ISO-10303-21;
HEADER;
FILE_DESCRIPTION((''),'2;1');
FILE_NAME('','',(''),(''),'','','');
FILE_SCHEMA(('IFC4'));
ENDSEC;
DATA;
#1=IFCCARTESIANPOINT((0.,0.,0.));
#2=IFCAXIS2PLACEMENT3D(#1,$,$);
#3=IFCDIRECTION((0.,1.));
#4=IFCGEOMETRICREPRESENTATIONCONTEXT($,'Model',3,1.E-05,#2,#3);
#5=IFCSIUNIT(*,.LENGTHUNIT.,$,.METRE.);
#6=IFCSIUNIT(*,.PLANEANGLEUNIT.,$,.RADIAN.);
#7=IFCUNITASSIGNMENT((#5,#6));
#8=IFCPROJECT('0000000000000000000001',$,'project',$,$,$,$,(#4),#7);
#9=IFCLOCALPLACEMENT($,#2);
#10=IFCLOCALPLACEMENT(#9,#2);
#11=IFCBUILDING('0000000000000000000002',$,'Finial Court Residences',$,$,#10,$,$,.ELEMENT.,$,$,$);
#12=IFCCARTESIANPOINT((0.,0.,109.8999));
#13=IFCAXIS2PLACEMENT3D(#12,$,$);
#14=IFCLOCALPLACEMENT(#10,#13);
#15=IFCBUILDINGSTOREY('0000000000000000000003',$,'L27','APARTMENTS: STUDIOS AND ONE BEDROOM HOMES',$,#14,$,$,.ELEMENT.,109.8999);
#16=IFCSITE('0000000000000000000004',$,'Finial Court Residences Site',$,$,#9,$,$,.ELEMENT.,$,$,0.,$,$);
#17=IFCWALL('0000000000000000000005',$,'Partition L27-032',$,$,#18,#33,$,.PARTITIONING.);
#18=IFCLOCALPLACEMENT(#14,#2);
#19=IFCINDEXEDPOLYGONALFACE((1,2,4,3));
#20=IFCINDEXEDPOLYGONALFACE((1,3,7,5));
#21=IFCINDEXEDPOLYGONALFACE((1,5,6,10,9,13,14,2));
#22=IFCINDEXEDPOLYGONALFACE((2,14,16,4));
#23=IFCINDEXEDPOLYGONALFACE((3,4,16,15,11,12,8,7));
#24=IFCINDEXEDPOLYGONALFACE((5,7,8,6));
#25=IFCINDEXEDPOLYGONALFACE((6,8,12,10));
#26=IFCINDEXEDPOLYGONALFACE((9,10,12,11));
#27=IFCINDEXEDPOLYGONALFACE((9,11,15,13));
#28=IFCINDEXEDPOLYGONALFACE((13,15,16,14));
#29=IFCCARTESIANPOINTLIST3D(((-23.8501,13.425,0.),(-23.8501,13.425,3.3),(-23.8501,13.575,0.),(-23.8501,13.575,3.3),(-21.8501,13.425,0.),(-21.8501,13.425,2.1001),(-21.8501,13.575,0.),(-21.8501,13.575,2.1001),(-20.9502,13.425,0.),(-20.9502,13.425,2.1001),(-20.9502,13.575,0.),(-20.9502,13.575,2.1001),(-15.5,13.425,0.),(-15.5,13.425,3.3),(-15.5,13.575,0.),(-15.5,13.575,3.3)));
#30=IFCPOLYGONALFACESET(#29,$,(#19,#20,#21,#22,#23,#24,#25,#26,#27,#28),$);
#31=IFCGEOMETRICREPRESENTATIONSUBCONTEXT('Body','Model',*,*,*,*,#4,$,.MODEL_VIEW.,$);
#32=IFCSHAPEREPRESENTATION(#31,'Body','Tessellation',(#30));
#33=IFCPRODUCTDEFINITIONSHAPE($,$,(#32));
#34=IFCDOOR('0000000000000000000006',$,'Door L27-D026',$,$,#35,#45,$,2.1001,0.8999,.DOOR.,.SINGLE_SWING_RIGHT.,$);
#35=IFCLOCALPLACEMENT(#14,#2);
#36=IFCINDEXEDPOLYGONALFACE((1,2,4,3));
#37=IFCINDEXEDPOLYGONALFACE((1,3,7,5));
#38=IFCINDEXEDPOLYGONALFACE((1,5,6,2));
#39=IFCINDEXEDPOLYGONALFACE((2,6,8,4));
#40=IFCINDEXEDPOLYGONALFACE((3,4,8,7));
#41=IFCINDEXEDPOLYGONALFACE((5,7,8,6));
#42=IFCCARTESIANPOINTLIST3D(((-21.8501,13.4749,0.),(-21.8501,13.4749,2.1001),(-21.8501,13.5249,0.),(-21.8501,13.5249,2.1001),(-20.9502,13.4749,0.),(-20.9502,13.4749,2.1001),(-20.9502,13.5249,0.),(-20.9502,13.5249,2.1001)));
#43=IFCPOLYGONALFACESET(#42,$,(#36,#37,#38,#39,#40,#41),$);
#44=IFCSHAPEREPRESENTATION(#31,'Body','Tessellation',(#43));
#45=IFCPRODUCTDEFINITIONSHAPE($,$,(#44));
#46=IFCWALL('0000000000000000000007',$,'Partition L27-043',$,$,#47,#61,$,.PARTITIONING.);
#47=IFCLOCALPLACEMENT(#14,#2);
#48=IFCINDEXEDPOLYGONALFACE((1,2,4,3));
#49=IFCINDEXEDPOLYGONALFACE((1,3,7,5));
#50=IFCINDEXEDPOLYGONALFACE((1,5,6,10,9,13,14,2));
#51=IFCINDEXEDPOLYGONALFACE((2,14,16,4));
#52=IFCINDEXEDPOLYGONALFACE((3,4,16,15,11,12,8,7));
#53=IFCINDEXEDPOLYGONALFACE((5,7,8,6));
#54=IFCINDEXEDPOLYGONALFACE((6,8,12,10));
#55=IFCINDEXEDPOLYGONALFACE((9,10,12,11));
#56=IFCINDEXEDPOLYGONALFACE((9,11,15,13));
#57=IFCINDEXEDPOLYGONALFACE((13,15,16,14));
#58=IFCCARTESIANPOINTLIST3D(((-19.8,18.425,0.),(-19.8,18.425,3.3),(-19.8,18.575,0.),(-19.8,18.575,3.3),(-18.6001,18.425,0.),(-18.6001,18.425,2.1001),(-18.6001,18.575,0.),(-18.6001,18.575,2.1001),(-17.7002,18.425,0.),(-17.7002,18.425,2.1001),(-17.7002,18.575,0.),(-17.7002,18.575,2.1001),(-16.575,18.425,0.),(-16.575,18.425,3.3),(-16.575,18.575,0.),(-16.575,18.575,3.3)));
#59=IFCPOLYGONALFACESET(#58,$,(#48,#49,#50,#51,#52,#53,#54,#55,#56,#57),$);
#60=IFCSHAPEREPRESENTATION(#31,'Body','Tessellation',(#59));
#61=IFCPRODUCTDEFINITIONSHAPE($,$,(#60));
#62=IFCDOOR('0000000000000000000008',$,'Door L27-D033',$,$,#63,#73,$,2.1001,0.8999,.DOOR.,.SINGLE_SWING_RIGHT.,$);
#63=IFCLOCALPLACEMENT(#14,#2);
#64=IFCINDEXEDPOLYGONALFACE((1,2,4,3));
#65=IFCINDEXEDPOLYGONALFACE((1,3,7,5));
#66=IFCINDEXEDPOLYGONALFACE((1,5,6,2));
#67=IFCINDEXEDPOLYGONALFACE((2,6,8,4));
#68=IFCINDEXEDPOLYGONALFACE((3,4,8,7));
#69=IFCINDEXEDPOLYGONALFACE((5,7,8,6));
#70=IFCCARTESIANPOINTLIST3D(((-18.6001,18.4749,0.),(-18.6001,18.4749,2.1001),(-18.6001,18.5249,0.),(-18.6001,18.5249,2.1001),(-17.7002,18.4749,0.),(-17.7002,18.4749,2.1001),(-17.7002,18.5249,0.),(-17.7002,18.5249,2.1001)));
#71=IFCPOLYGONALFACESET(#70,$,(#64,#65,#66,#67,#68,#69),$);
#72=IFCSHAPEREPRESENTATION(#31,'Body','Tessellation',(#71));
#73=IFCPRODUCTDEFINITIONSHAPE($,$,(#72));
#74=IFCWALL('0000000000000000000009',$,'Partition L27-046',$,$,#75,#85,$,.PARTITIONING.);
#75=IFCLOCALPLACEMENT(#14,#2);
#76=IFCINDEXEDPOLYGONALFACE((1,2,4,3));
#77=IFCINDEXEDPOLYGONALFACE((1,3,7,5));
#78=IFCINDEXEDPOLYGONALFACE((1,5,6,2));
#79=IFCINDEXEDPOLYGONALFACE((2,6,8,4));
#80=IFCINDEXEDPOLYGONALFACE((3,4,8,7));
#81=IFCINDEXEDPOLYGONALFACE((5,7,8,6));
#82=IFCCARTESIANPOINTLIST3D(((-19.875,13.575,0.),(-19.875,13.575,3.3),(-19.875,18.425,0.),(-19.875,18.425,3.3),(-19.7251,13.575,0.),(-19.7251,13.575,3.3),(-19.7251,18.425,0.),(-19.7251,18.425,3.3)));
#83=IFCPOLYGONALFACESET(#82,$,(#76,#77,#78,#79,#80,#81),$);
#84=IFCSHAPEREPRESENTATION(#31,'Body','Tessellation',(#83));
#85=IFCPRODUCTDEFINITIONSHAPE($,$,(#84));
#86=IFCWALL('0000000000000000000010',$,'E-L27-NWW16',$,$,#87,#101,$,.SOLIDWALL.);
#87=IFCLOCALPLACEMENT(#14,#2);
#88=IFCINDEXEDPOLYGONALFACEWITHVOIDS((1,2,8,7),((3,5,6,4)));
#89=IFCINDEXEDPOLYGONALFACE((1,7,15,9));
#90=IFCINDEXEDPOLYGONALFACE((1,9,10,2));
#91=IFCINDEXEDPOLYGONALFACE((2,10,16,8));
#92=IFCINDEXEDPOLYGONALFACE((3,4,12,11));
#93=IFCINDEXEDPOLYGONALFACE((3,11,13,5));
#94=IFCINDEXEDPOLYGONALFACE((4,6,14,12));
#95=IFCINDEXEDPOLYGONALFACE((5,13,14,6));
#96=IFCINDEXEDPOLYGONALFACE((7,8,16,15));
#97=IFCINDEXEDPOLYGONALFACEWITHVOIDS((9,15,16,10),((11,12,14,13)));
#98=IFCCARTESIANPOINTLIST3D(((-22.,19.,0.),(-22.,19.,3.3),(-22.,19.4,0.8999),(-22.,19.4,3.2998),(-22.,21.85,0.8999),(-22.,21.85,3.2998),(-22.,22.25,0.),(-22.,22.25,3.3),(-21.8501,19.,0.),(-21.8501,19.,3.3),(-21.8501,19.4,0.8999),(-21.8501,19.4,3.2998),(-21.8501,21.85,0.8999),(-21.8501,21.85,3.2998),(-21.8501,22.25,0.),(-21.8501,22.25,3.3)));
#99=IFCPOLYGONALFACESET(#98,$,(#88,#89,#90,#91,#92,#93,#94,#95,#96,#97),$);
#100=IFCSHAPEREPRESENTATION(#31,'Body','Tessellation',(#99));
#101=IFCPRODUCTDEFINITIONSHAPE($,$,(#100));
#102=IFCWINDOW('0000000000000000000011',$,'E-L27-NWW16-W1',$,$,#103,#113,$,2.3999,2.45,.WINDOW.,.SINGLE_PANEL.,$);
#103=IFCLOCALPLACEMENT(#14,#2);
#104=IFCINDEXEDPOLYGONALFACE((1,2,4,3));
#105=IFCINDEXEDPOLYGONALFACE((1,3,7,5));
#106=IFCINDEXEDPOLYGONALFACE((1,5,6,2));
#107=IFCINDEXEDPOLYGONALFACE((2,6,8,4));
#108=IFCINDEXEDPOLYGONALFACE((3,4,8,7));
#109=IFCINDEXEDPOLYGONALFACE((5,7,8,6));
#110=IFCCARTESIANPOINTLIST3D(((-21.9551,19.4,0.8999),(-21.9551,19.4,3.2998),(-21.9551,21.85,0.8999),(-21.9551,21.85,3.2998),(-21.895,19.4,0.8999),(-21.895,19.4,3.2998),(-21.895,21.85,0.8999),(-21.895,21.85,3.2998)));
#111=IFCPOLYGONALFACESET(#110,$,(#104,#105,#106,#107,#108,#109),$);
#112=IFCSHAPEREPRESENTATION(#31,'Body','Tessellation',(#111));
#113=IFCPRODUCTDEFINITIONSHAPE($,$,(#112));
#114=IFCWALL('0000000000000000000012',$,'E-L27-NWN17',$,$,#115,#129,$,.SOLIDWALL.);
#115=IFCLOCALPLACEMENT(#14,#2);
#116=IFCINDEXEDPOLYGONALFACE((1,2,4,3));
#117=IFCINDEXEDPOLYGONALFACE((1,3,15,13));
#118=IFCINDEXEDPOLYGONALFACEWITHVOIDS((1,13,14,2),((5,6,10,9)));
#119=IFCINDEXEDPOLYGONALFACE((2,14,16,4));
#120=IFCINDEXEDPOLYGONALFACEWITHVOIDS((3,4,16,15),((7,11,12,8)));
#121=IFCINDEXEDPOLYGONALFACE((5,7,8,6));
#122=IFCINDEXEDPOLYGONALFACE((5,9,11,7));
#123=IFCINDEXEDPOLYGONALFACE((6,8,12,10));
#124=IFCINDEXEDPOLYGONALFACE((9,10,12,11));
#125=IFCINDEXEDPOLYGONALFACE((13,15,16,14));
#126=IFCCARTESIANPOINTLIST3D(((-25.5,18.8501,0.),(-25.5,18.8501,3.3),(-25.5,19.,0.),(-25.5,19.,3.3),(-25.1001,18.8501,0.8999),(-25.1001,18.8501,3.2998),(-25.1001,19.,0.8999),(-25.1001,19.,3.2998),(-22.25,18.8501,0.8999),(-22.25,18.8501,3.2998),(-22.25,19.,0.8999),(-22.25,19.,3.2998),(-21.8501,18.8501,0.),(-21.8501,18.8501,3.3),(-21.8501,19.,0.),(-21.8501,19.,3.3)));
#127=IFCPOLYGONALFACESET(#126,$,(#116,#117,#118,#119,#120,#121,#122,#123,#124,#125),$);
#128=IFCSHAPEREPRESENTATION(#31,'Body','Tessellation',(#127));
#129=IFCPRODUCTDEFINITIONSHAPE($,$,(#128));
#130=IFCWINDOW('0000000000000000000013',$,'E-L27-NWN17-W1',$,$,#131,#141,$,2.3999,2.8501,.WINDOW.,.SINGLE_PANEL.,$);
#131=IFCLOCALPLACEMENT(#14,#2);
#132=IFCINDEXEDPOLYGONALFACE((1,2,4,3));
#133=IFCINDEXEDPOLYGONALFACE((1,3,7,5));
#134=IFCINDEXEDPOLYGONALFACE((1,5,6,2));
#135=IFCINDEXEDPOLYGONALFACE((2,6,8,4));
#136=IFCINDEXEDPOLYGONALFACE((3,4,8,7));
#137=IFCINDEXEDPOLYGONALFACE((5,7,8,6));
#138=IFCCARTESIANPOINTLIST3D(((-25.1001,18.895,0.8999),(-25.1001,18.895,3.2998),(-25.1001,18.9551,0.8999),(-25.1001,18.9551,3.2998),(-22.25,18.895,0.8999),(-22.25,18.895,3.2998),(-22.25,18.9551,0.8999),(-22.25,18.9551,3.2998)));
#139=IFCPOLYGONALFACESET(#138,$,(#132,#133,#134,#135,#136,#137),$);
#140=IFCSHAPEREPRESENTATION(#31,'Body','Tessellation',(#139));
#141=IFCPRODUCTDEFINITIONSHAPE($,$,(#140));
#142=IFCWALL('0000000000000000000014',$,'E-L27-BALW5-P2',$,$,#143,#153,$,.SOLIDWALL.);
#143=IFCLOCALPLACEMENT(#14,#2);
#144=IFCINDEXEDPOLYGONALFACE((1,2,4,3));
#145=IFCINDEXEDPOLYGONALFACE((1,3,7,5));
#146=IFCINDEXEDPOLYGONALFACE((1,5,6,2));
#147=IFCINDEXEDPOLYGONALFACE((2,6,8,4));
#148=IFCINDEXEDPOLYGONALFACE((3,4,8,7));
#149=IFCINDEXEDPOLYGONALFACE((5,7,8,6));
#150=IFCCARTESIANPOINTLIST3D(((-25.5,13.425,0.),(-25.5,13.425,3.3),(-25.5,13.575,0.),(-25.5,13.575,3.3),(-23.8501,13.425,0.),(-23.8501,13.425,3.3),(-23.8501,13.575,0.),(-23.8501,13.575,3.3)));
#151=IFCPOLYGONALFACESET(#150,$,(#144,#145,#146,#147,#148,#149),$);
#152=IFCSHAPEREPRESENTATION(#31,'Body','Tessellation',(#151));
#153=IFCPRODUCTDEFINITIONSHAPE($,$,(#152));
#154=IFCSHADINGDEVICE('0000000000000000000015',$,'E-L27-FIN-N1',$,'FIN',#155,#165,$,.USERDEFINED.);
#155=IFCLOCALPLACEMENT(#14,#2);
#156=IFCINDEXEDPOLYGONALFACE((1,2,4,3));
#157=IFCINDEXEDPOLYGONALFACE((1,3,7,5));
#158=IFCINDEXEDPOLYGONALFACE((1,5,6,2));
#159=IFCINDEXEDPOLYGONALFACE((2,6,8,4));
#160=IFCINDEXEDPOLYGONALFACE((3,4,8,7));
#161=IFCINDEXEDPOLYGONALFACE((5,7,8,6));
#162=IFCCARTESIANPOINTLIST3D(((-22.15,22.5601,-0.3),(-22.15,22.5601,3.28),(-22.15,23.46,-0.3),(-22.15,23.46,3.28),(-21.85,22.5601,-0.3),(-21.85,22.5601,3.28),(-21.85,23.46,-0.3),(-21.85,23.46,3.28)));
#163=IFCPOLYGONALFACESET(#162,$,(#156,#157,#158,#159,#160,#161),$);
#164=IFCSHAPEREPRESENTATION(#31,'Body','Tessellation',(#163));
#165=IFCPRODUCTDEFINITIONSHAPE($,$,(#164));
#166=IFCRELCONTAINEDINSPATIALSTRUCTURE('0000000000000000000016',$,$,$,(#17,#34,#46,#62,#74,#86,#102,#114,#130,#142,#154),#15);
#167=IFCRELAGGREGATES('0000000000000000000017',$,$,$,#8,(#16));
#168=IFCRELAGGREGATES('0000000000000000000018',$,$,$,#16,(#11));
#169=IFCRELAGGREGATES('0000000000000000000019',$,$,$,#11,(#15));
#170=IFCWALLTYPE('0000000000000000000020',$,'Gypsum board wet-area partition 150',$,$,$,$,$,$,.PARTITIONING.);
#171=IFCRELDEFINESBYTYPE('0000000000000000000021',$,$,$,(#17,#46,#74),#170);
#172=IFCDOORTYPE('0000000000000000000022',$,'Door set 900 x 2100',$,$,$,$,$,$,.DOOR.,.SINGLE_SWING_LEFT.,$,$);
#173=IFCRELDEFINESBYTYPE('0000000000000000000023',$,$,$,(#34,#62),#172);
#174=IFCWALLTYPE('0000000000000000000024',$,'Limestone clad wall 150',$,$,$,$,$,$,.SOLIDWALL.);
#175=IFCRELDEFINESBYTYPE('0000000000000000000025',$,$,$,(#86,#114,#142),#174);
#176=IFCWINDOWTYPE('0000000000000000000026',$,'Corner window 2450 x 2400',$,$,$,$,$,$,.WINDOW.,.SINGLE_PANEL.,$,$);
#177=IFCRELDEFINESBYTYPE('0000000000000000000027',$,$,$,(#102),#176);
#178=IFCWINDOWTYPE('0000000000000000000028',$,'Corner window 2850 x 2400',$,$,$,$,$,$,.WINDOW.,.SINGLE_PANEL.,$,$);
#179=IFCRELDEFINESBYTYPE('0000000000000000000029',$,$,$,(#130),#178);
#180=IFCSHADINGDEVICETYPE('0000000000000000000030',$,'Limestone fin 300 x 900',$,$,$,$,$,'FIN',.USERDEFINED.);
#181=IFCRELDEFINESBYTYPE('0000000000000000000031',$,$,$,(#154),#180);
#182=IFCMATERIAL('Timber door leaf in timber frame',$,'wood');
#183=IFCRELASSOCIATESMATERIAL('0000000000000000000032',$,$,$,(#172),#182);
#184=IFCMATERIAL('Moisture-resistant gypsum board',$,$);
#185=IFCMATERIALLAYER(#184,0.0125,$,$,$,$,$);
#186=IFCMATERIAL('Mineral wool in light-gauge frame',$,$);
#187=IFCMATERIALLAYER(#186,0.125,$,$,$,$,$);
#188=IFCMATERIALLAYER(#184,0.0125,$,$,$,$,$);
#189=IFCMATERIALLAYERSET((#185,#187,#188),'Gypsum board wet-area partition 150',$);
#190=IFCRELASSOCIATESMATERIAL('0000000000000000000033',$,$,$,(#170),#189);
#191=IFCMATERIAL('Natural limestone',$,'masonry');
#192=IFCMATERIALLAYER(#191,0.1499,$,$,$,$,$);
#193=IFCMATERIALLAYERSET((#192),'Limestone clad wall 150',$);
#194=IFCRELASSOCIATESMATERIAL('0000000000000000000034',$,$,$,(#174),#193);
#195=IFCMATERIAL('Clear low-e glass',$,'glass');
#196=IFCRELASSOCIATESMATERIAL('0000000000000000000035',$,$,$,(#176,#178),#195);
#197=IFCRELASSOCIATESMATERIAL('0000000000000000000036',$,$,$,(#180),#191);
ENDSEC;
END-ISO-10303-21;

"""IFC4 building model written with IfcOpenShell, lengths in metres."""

from ifc_helpers import new_model, si_unit, direction, frame, frame_2d, origin, origin_2d, place, context, subcontext, project, spatial, rectangle, extrude, material, layer, layer_set, type_object, element, fill, save


model = new_model("IFC4")

# Units and contexts
model_context = context("Model", 3, precision=1e-05, world=origin(), true_north=direction((0.0, 1.0)))
body_context = subcontext(model_context, "Body", "Model", "MODEL_VIEW")
ifc_project = project(units=[si_unit("LENGTHUNIT", "METRE"), si_unit("PLANEANGLEUNIT", "RADIAN")], contexts=[model_context])

# Site, building, storey
site_placement = place(None, origin())
site = spatial("IfcSite", under=ifc_project, at=site_placement, Name="Finial Court Residences Site", CompositionType="ELEMENT", RefElevation=0.0)
building_placement = place(site_placement, origin())
building = spatial("IfcBuilding", under=site, at=building_placement, Name="Finial Court Residences", CompositionType="ELEMENT")
storey_placement = place(building_placement, frame((0.0, 0.0, 109.8999)))
storey = spatial("IfcBuildingStorey", under=building, at=storey_placement, Name="L27", Description="APARTMENTS: STUDIOS AND ONE BEDROOM HOMES", CompositionType="ELEMENT", Elevation=109.8999)

# Shared definitions
ifc_material_1 = material(Name="Clear low-e glass", Category="glass")

# Walls, openings, doors
ifc_material_2 = material(Name="Mineral wool in light-gauge frame")
ifc_material_3 = material(Name="Timber door leaf in timber frame", Category="wood")
door_type = type_object("IfcDoorType", Name="Door set 900 x 2100", OperationType="SINGLE_SWING_LEFT", PredefinedType="DOOR", material=ifc_material_3)
ifc_material_4 = material(Name="Moisture-resistant gypsum board")
ifc_layer_1 = layer(ifc_material_4, 0.0125)
ifc_layer_2 = layer(ifc_material_2, 0.125)
ifc_layer_3 = layer(ifc_material_4, 0.0125)
ifc_layer_set_1 = layer_set([ifc_layer_1, ifc_layer_2, ifc_layer_3], Name="Gypsum board wet-area partition 150")
wall_type_1 = type_object("IfcWallType", Name="Gypsum board wet-area partition 150", PredefinedType="PARTITIONING", material=ifc_layer_set_1)
wall_1_placement = place(storey_placement, frame((-23.8501, 13.5, 0.0), z_axis=(0.0, 0.0, 1.0), x_axis=(1.0, 0.0, 0.0)))
wall_1 = element("IfcWall", 1, at=wall_1_placement, inside=storey, type_object=wall_type_1, Name="Partition L27-032", PredefinedType="PARTITIONING", context=body_context, shape_type="SweptSolid", body=[
    extrude(rectangle(XDim=8.3501, YDim=0.1499, at=frame_2d((4.175, 0.0))), origin(), (0.0, 0.0, 1.0), 3.3),
])
opening_1_placement = place(wall_1_placement, frame((2.0, 0.0, 0.0)))
opening_1 = element("IfcOpeningElement", 2, at=opening_1_placement, cuts=wall_1, PredefinedType="OPENING", context=body_context, shape_type="SweptSolid", body=[
    extrude(rectangle(XDim=0.8999, YDim=2.1001, at=frame_2d((0.45, 1.05))), frame((0.0, 0.085, 0.0), z_axis=(0.0, -1.0, 0.0), x_axis=(1.0, 0.0, 0.0)), (0.0, 0.0, 1.0), 0.1699),
])
door_1_placement = place(opening_1_placement, origin())
door_1 = element("IfcDoor", 3, at=door_1_placement, inside=storey, type_object=door_type, Name="Door L27-D026", OperationType="SINGLE_SWING_RIGHT", OverallHeight=2.1001, OverallWidth=0.8999, PredefinedType="DOOR", context=body_context, shape_type="SweptSolid", body=[
    extrude(rectangle(XDim=0.8999, YDim=2.1001, at=frame_2d((0.45, 1.05))), frame((0.0, 0.0249, 0.0), z_axis=(0.0, -1.0, 0.0), x_axis=(1.0, 0.0, 0.0)), (0.0, 0.0, 1.0), 0.05),
])
fill(opening_1, door_1)
wall_2_placement = place(storey_placement, frame((-19.8, 18.5, 0.0), z_axis=(0.0, 0.0, 1.0), x_axis=(1.0, 0.0, 0.0)))
wall_2 = element("IfcWall", 4, at=wall_2_placement, inside=storey, type_object=wall_type_1, Name="Partition L27-043", PredefinedType="PARTITIONING", context=body_context, shape_type="SweptSolid", body=[
    extrude(rectangle(XDim=3.2251, YDim=0.1499, at=frame_2d((1.6125, 0.0))), origin(), (0.0, 0.0, 1.0), 3.3),
])
opening_2_placement = place(wall_2_placement, frame((1.2, 0.0, 0.0)))
opening_2 = element("IfcOpeningElement", 5, at=opening_2_placement, cuts=wall_2, PredefinedType="OPENING", context=body_context, shape_type="SweptSolid", body=[
    extrude(rectangle(XDim=0.8999, YDim=2.1001, at=frame_2d((0.45, 1.05))), frame((0.0, 0.085, 0.0), z_axis=(0.0, -1.0, 0.0), x_axis=(1.0, 0.0, 0.0)), (0.0, 0.0, 1.0), 0.1699),
])
door_2_placement = place(opening_2_placement, origin())
door_2 = element("IfcDoor", 6, at=door_2_placement, inside=storey, type_object=door_type, Name="Door L27-D033", OperationType="SINGLE_SWING_RIGHT", OverallHeight=2.1001, OverallWidth=0.8999, PredefinedType="DOOR", context=body_context, shape_type="SweptSolid", body=[
    extrude(rectangle(XDim=0.8999, YDim=2.1001, at=frame_2d((0.45, 1.05))), frame((0.0, 0.0249, 0.0), z_axis=(0.0, -1.0, 0.0), x_axis=(1.0, 0.0, 0.0)), (0.0, 0.0, 1.0), 0.05),
])
fill(opening_2, door_2)

# Wall
wall_3_placement = place(storey_placement, frame((-19.8, 13.575, 0.0), z_axis=(0.0, 0.0, 1.0), x_axis=(0.0, 1.0, 0.0)))
element("IfcWall", 7, at=wall_3_placement, inside=storey, type_object=wall_type_1, Name="Partition L27-046", PredefinedType="PARTITIONING", context=body_context, shape_type="SweptSolid", body=[
    extrude(rectangle(XDim=4.8501, YDim=0.1499, at=frame_2d((2.425, 0.0))), origin(), (0.0, 0.0, 1.0), 3.3),
])

# Walls, openings, windows
ifc_material_5 = material(Name="Natural limestone", Category="masonry")
ifc_layer_4 = layer(ifc_material_5, 0.1499)
ifc_layer_set_2 = layer_set([ifc_layer_4], Name="Limestone clad wall 150")
wall_type_2 = type_object("IfcWallType", Name="Limestone clad wall 150", PredefinedType="SOLIDWALL", material=ifc_layer_set_2)
wall_4_placement = place(storey_placement, frame((-21.925, 19.0, 0.0), z_axis=(0.0, 0.0, 1.0), x_axis=(0.0, 1.0, 0.0)))
wall_4 = element("IfcWall", 8, at=wall_4_placement, inside=storey, type_object=wall_type_2, Name="E-L27-NWW16", PredefinedType="SOLIDWALL", context=body_context, shape_type="SweptSolid", body=[
    extrude(rectangle(XDim=3.25, YDim=0.1499, at=frame_2d((1.625, 0.0))), origin(), (0.0, 0.0, 1.0), 3.3),
])
opening_3_placement = place(wall_4_placement, frame((0.3999, 0.0, 0.8999)))
opening_3 = element("IfcOpeningElement", 9, at=opening_3_placement, cuts=wall_4, PredefinedType="OPENING", context=body_context, shape_type="SweptSolid", body=[
    extrude(rectangle(XDim=2.45, YDim=2.3999, at=frame_2d((1.2251, 1.2))), frame((0.0, 0.085, 0.0), z_axis=(0.0, -1.0, 0.0), x_axis=(1.0, 0.0, 0.0)), (0.0, 0.0, 1.0), 0.1699),
])
window_type_1 = type_object("IfcWindowType", Name="Corner window 2450 x 2400", PartitioningType="SINGLE_PANEL", PredefinedType="WINDOW", material=ifc_material_1)
window_1_placement = place(opening_3_placement, origin())
window_1 = element("IfcWindow", 10, at=window_1_placement, inside=storey, type_object=window_type_1, Name="E-L27-NWW16-W1", OverallHeight=2.3999, OverallWidth=2.45, PartitioningType="SINGLE_PANEL", PredefinedType="WINDOW", context=body_context, shape_type="SweptSolid", body=[
    extrude(rectangle(XDim=2.45, YDim=2.3999, at=frame_2d((1.2251, 1.2))), frame((0.0, 0.03, 0.0), z_axis=(0.0, -1.0, 0.0), x_axis=(1.0, 0.0, 0.0)), (0.0, 0.0, 1.0), 0.0601),
])
fill(opening_3, window_1)
wall_5_placement = place(storey_placement, frame((-25.5, 18.925, 0.0), z_axis=(0.0, 0.0, 1.0), x_axis=(1.0, 0.0, 0.0)))
wall_5 = element("IfcWall", 11, at=wall_5_placement, inside=storey, type_object=wall_type_2, Name="E-L27-NWN17", PredefinedType="SOLIDWALL", context=body_context, shape_type="SweptSolid", body=[
    extrude(rectangle(XDim=3.6499, YDim=0.1499, at=frame_2d((1.825, 0.0))), origin(), (0.0, 0.0, 1.0), 3.3),
])
opening_4_placement = place(wall_5_placement, frame((0.3999, 0.0, 0.8999)))
opening_4 = element("IfcOpeningElement", 12, at=opening_4_placement, cuts=wall_5, PredefinedType="OPENING", context=body_context, shape_type="SweptSolid", body=[
    extrude(rectangle(XDim=2.8501, YDim=2.3999, at=frame_2d((1.425, 1.2))), frame((0.0, 0.085, 0.0), z_axis=(0.0, -1.0, 0.0), x_axis=(1.0, 0.0, 0.0)), (0.0, 0.0, 1.0), 0.1699),
])
window_type_2 = type_object("IfcWindowType", Name="Corner window 2850 x 2400", PartitioningType="SINGLE_PANEL", PredefinedType="WINDOW", material=ifc_material_1)
window_2_placement = place(opening_4_placement, origin())
window_2 = element("IfcWindow", 13, at=window_2_placement, inside=storey, type_object=window_type_2, Name="E-L27-NWN17-W1", OverallHeight=2.3999, OverallWidth=2.8501, PartitioningType="SINGLE_PANEL", PredefinedType="WINDOW", context=body_context, shape_type="SweptSolid", body=[
    extrude(rectangle(XDim=2.8501, YDim=2.3999, at=frame_2d((1.425, 1.2))), frame((0.0, 0.03, 0.0), z_axis=(0.0, -1.0, 0.0), x_axis=(1.0, 0.0, 0.0)), (0.0, 0.0, 1.0), 0.0601),
])
fill(opening_4, window_2)

# Wall
wall_6_placement = place(storey_placement, frame((-23.8501, 13.5, 0.0), z_axis=(0.0, 0.0, 1.0), x_axis=(-1.0, 0.0, 0.0)))
element("IfcWall", 14, at=wall_6_placement, inside=storey, type_object=wall_type_2, Name="E-L27-BALW5-P2", PredefinedType="SOLIDWALL", context=body_context, shape_type="SweptSolid", body=[
    extrude(rectangle(XDim=1.6499, YDim=0.1499, at=frame_2d((0.825, 0.0))), origin(), (0.0, 0.0, 1.0), 3.3),
])

# Shading device
shading_device_type = type_object("IfcShadingDeviceType", Name="Limestone fin 300 x 900", ElementType="FIN", PredefinedType="USERDEFINED", material=ifc_material_5)
shading_device_1_placement = place(storey_placement, frame((-22.0, 23.01, -0.3), z_axis=(0.0, 0.0, 1.0), x_axis=(1.0, 0.0, 0.0)))
element("IfcShadingDevice", 15, at=shading_device_1_placement, inside=storey, type_object=shading_device_type, Name="E-L27-FIN-N1", ObjectType="FIN", PredefinedType="USERDEFINED", context=body_context, shape_type="SweptSolid", body=[
    extrude(rectangle(XDim=0.3, YDim=0.8999, at=origin_2d()), origin(), (0.0, 0.0, 1.0), 3.5801),
])

save(model, "model.ifc")
